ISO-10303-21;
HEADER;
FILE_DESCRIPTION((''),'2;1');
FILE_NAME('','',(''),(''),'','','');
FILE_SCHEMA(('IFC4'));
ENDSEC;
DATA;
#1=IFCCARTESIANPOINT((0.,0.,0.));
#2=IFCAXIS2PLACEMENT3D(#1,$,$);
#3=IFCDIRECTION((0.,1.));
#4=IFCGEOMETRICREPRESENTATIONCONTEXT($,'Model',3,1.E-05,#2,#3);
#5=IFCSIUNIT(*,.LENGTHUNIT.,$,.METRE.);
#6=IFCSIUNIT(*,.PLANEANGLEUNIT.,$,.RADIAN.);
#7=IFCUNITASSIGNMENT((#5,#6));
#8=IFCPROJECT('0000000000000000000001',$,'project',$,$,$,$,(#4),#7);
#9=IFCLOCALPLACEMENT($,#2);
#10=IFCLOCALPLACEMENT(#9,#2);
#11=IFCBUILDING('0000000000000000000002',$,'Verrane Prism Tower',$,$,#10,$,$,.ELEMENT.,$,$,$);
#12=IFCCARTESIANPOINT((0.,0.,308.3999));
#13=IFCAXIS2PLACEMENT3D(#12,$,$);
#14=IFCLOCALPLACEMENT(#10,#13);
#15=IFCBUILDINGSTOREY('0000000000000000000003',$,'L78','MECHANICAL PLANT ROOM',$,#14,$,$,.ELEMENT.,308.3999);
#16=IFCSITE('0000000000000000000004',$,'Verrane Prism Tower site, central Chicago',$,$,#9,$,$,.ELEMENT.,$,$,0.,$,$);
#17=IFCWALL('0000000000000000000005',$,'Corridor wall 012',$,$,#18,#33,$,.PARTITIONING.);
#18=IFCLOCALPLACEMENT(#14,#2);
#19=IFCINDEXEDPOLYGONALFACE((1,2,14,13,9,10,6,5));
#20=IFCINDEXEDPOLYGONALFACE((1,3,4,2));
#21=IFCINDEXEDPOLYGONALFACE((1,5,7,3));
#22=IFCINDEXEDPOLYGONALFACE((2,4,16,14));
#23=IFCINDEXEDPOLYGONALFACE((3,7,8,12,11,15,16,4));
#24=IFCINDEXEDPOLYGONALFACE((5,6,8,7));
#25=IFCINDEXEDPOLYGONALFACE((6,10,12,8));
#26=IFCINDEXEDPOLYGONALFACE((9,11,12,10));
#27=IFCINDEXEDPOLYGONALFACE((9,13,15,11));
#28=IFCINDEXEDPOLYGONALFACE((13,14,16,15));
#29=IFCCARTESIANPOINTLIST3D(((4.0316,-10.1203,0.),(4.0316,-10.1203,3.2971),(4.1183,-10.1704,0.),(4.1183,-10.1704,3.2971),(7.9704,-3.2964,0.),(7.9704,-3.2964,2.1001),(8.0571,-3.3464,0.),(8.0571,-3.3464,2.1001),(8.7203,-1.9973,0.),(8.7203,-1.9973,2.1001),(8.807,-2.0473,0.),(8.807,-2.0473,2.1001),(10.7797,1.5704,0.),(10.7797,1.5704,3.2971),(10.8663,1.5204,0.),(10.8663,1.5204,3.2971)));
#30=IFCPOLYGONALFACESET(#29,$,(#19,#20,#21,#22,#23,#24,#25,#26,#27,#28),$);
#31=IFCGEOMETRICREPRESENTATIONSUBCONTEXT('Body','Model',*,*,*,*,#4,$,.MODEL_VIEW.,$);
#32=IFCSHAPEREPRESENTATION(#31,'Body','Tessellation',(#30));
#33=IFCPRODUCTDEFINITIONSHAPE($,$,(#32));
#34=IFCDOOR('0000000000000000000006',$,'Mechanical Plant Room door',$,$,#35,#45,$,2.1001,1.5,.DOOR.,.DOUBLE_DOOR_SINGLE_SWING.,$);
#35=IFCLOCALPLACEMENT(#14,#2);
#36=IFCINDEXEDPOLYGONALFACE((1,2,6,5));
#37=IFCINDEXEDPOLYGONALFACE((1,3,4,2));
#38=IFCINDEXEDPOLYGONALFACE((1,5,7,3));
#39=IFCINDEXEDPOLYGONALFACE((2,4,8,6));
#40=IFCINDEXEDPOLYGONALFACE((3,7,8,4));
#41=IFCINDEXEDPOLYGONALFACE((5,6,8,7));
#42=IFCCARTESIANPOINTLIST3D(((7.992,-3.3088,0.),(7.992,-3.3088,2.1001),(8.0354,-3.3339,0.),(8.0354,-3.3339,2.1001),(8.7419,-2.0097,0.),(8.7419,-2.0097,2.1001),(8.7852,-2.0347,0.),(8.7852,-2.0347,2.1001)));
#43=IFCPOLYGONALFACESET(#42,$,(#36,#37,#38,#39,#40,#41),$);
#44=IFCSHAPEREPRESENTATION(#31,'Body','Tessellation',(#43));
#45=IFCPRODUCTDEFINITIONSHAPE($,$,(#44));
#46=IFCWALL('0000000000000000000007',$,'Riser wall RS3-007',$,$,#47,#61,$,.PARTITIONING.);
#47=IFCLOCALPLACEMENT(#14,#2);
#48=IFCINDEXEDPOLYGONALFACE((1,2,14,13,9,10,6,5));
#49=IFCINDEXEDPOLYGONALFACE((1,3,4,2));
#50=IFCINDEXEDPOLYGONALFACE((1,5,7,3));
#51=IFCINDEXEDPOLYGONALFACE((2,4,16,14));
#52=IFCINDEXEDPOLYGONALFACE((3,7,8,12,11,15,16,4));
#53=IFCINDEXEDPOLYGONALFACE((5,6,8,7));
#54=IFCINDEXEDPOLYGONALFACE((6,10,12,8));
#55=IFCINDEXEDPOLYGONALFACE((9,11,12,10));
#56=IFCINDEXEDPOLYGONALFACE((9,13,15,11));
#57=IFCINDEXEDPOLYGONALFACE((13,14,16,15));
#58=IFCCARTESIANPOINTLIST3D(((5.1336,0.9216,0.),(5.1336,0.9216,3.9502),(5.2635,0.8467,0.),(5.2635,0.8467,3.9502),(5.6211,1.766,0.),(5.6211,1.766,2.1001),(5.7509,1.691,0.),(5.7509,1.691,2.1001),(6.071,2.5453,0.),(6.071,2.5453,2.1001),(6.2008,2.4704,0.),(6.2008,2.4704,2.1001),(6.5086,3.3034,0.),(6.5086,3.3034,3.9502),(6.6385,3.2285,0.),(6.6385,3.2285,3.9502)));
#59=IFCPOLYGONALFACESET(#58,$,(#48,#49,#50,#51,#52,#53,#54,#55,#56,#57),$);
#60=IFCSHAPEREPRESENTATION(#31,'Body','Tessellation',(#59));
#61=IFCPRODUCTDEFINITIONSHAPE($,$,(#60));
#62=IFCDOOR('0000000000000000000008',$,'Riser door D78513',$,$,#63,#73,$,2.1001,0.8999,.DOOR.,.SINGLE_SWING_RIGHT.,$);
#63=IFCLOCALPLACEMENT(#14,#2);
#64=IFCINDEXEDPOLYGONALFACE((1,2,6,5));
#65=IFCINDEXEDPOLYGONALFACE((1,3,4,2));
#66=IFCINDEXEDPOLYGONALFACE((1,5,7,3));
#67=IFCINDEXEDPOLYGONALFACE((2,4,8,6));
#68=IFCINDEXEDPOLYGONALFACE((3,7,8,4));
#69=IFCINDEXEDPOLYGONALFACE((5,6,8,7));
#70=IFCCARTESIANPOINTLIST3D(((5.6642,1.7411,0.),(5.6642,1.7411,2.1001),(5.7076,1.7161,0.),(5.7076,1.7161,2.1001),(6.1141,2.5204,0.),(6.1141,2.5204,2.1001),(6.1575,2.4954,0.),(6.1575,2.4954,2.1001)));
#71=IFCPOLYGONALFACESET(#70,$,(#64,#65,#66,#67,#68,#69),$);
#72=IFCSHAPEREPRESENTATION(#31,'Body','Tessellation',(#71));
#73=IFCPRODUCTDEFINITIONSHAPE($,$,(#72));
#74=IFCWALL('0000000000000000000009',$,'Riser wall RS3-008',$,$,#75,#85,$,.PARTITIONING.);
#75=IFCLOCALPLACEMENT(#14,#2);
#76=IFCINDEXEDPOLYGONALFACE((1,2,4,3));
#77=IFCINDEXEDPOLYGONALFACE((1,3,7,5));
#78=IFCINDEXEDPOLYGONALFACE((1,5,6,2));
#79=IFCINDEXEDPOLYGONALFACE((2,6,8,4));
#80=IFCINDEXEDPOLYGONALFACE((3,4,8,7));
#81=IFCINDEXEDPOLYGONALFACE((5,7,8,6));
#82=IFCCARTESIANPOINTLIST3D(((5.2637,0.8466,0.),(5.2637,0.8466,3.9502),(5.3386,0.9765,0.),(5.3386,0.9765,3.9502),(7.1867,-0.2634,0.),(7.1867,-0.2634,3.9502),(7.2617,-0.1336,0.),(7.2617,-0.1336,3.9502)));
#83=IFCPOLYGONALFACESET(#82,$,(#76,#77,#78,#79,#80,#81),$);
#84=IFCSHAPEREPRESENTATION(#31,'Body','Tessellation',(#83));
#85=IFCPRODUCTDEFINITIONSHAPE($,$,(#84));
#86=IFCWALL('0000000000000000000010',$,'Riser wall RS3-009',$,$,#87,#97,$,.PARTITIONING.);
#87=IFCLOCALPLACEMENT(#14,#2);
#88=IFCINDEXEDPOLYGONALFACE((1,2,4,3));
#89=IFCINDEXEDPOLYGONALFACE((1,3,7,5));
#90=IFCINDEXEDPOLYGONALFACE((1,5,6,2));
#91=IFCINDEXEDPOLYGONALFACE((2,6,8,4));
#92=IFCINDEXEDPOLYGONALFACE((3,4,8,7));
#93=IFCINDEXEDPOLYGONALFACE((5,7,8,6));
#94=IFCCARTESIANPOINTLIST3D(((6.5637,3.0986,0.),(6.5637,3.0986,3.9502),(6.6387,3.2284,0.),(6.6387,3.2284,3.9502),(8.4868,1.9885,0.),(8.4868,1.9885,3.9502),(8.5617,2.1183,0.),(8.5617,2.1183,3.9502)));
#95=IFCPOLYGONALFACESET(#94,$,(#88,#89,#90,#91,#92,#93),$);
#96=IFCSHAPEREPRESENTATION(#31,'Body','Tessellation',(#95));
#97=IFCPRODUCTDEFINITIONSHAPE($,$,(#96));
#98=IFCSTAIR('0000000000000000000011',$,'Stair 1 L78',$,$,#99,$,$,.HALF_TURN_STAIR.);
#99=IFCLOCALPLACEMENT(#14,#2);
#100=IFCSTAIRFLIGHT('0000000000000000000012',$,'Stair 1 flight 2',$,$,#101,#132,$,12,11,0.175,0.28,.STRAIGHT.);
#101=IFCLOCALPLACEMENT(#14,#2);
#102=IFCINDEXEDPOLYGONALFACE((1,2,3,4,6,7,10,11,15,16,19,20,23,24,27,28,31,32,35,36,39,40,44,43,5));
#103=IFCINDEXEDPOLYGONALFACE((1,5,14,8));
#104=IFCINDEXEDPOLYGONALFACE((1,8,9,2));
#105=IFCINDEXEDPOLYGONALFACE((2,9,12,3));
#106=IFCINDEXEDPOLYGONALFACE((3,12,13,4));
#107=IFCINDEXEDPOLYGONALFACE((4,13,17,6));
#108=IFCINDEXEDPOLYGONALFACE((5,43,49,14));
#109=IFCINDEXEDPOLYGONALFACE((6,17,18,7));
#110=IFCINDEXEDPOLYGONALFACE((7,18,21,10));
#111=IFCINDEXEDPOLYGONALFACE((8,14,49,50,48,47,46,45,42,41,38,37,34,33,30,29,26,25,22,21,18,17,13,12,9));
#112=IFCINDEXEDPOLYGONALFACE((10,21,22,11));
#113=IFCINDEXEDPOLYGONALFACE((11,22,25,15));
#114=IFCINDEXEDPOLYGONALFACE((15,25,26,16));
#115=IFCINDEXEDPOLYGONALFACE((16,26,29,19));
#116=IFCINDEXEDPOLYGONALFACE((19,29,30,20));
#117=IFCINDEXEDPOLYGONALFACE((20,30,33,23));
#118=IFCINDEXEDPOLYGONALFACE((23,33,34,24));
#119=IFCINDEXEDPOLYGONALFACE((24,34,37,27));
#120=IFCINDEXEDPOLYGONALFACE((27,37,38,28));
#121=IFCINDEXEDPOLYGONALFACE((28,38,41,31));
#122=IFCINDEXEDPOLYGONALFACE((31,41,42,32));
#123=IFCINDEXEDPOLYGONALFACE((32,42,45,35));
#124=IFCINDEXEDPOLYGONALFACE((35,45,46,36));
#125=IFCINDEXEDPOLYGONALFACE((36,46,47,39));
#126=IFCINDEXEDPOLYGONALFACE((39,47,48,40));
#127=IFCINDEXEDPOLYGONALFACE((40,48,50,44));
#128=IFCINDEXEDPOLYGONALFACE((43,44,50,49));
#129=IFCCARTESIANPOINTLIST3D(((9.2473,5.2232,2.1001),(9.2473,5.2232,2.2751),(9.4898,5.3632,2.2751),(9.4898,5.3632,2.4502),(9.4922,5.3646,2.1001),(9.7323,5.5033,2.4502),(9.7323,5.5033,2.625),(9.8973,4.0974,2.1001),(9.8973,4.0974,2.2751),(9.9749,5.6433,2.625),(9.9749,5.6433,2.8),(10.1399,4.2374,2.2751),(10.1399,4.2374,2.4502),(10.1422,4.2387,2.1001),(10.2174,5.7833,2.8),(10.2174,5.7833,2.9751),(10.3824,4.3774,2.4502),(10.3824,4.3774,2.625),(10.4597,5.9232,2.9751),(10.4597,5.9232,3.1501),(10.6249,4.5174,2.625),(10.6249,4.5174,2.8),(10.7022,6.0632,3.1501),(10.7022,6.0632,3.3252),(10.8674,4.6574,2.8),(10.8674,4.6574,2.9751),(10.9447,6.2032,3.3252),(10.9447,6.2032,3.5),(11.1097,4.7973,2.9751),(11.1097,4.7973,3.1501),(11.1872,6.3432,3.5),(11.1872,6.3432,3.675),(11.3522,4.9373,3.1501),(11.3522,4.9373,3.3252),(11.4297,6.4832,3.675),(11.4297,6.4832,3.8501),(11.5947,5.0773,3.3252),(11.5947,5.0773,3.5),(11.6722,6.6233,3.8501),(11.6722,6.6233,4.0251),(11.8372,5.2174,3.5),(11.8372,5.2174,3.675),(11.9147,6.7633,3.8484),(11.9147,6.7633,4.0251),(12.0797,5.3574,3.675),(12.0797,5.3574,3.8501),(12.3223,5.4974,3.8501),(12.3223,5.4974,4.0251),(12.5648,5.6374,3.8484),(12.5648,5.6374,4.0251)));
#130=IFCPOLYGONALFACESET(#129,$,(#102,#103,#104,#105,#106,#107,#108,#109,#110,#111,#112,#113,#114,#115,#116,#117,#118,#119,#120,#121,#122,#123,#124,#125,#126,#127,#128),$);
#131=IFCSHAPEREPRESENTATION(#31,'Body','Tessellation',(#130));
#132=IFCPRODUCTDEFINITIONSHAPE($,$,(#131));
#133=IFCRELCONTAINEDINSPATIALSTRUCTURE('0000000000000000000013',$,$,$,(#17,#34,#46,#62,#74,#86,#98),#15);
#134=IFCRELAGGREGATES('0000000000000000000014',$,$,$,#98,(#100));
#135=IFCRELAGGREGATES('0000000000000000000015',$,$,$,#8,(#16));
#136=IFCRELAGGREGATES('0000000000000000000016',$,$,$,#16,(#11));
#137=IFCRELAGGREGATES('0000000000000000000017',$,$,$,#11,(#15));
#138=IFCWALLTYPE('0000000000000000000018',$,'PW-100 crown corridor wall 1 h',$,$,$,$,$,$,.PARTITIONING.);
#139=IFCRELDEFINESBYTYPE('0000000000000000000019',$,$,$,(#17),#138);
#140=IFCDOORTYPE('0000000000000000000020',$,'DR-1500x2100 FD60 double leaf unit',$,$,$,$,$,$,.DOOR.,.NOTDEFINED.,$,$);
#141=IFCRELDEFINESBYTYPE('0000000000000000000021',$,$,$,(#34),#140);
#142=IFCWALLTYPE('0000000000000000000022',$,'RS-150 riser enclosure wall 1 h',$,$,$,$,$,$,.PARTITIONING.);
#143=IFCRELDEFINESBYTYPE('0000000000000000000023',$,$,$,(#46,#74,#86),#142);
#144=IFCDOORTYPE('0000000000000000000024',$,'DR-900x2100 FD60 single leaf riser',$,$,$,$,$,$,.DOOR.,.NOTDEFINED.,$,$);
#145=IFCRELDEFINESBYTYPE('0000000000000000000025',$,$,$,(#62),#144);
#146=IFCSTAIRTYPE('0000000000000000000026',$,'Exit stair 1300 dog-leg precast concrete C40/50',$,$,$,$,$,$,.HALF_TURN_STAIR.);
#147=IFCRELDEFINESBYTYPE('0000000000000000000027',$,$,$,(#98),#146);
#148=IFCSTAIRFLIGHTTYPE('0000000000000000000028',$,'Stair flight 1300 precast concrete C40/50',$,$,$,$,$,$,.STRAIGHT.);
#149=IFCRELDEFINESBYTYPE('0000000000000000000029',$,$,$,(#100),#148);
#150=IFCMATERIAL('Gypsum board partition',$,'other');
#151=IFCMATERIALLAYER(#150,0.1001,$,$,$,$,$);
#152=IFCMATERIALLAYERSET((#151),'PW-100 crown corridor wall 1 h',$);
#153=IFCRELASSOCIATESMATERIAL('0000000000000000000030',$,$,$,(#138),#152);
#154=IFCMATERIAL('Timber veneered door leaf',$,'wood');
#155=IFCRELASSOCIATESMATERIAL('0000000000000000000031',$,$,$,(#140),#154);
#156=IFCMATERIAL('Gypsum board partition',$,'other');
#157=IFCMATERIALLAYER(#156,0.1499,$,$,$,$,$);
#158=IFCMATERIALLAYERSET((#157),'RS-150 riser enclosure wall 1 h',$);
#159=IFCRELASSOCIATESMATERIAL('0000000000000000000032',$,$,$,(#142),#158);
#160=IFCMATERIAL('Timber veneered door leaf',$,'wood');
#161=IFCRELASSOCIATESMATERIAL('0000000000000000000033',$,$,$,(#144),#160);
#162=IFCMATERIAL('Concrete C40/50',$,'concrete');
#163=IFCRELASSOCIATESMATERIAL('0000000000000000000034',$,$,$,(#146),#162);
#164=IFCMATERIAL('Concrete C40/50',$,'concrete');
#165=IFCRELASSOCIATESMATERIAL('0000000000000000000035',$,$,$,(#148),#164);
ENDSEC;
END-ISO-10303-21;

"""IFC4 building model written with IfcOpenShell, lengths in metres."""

from ifc_helpers import new_model, si_unit, direction, frame, frame_2d, origin, place, context, subcontext, project, spatial, polyline, rectangle, outline, extrude, material, layer, layer_set, type_object, element, fill, aggregate, save


model = new_model("IFC4")

# Units and contexts
model_context = context("Model", 3, precision=1e-05, world=origin(), true_north=direction((0.0, 1.0)))
body_context = subcontext(model_context, "Body", "Model", "MODEL_VIEW")
ifc_project = project(units=[si_unit("LENGTHUNIT", "METRE"), si_unit("PLANEANGLEUNIT", "RADIAN")], contexts=[model_context])

# Site, building, storey
site_placement = place(None, origin())
site = spatial("IfcSite", under=ifc_project, at=site_placement, Name="Verrane Prism Tower site, central Chicago", CompositionType="ELEMENT", RefElevation=0.0)
building_placement = place(site_placement, origin())
building = spatial("IfcBuilding", under=site, at=building_placement, Name="Verrane Prism Tower", CompositionType="ELEMENT")
storey_placement = place(building_placement, frame((0.0, 0.0, 308.3999)))
storey = spatial("IfcBuildingStorey", under=building, at=storey_placement, Name="L78", Description="MECHANICAL PLANT ROOM", CompositionType="ELEMENT", Elevation=308.3999)

# Walls, openings, doors
ifc_material_1 = material(Name="Gypsum board partition", Category="other")
ifc_layer_1 = layer(ifc_material_1, 0.1001)
ifc_layer_set_1 = layer_set([ifc_layer_1], Name="PW-100 crown corridor wall 1 h")
wall_type_1 = type_object("IfcWallType", Name="PW-100 crown corridor wall 1 h", PredefinedType="PARTITIONING", material=ifc_layer_set_1)
wall_1_placement = place(storey_placement, frame((10.823, 1.5454, 0.0), z_axis=(0.0, 0.0, 1.0), x_axis=(-0.499913, -0.866076, 0.0)))
wall_1 = element("IfcWall", 1, at=wall_1_placement, inside=storey, type_object=wall_type_1, Name="Corridor wall 012", PredefinedType="PARTITIONING", context=body_context, shape_type="SweptSolid", body=[
    extrude(rectangle(XDim=13.4985, YDim=0.1001, at=frame_2d((6.7493, 0.0))), origin(), (0.0, 0.0, 1.0), 3.2971),
])
opening_1_placement = place(wall_1_placement, frame((4.1194, 0.0, 0.0)))
opening_1 = element("IfcOpeningElement", 2, at=opening_1_placement, cuts=wall_1, PredefinedType="OPENING", context=body_context, shape_type="SweptSolid", body=[
    extrude(rectangle(XDim=1.5, YDim=2.1001, at=frame_2d((0.75, 1.05))), frame((0.0, 0.0601, 0.0), z_axis=(0.0, -1.0, 0.0), x_axis=(1.0, 0.0, 0.0)), (0.0, 0.0, 1.0), 0.1201),
])
ifc_material_2 = material(Name="Timber veneered door leaf", Category="wood")
door_type_1 = type_object("IfcDoorType", Name="DR-1500x2100 FD60 double leaf unit", OperationType="NOTDEFINED", PredefinedType="DOOR", material=ifc_material_2)
door_1_placement = place(opening_1_placement, origin())
door_1 = element("IfcDoor", 3, at=door_1_placement, inside=storey, type_object=door_type_1, Name="Mechanical Plant Room door", OperationType="DOUBLE_DOOR_SINGLE_SWING", OverallHeight=2.1001, OverallWidth=1.5, PredefinedType="DOOR", context=body_context, shape_type="SweptSolid", body=[
    extrude(rectangle(XDim=1.5, YDim=2.1001, at=frame_2d((0.75, 1.05))), frame((0.0, 0.0249, 0.0), z_axis=(0.0, -1.0, 0.0), x_axis=(1.0, 0.0, 0.0)), (0.0, 0.0, 1.0), 0.05),
])
fill(opening_1, door_1)
ifc_material_3 = material(Name="Gypsum board partition", Category="other")
ifc_layer_2 = layer(ifc_material_3, 0.1499)
ifc_layer_set_2 = layer_set([ifc_layer_2], Name="RS-150 riser enclosure wall 1 h")
wall_type_2 = type_object("IfcWallType", Name="RS-150 riser enclosure wall 1 h", PredefinedType="PARTITIONING", material=ifc_layer_set_2)
wall_2_placement = place(storey_placement, frame((6.5735, 3.2659, 0.0), z_axis=(0.0, 0.0, 1.0), x_axis=(-0.499958, -0.86605, 0.0)))
wall_2 = element("IfcWall", 4, at=wall_2_placement, inside=storey, type_object=wall_type_2, Name="Riser wall RS3-007", PredefinedType="PARTITIONING", context=body_context, shape_type="SweptSolid", body=[
    extrude(rectangle(XDim=2.7502, YDim=0.1499, at=frame_2d((1.375, 0.0))), origin(), (0.0, 0.0, 1.0), 3.9502),
])
opening_2_placement = place(wall_2_placement, frame((0.8752, 0.0, 0.0)))
opening_2 = element("IfcOpeningElement", 5, at=opening_2_placement, cuts=wall_2, PredefinedType="OPENING", context=body_context, shape_type="SweptSolid", body=[
    extrude(rectangle(XDim=0.8999, YDim=2.1001, at=frame_2d((0.45, 1.05))), frame((0.0, 0.085, 0.0), z_axis=(0.0, -1.0, 0.0), x_axis=(1.0, 0.0, 0.0)), (0.0, 0.0, 1.0), 0.1699),
])
ifc_material_4 = material(Name="Timber veneered door leaf", Category="wood")
door_type_2 = type_object("IfcDoorType", Name="DR-900x2100 FD60 single leaf riser", OperationType="NOTDEFINED", PredefinedType="DOOR", material=ifc_material_4)
door_2_placement = place(opening_2_placement, origin())
door_2 = element("IfcDoor", 6, at=door_2_placement, inside=storey, type_object=door_type_2, Name="Riser door D78513", OperationType="SINGLE_SWING_RIGHT", OverallHeight=2.1001, OverallWidth=0.8999, PredefinedType="DOOR", context=body_context, shape_type="SweptSolid", body=[
    extrude(rectangle(XDim=0.8999, YDim=2.1001, at=frame_2d((0.45, 1.05))), frame((0.0, 0.0249, 0.0), z_axis=(0.0, -1.0, 0.0), x_axis=(1.0, 0.0, 0.0)), (0.0, 0.0, 1.0), 0.05),
])
fill(opening_2, door_2)

# Walls
for number, where, z_axis, x_axis, name in (
    (7, (5.301, 0.9116, 0.0), (0.0, 0.0, 1.0), (0.866063, -0.499935, 0.0), "Riser wall RS3-008"),
    (8, (6.6011, 3.1636, 0.0), (0.0, 0.0, 1.0), (0.866063, -0.499935, 0.0), "Riser wall RS3-009"),
):
    element("IfcWall", number, at=place(storey_placement, frame(where, z_axis=z_axis, x_axis=x_axis)), inside=storey, type_object=wall_type_2, Name=name, PredefinedType="PARTITIONING", context=body_context, shape_type="SweptSolid", body=[
        extrude(rectangle(XDim=2.2205, YDim=0.1499, at=frame_2d((1.1104, 0.0))), origin(), (0.0, 0.0, 1.0), 3.9502),
    ])

# Stair, stair flight
ifc_material_5 = material(Name="Concrete C40/50", Category="concrete")
stair_type = type_object("IfcStairType", Name="Exit stair 1300 dog-leg precast concrete C40/50", PredefinedType="HALF_TURN_STAIR", material=ifc_material_5)
stair_placement = place(storey_placement, origin())
stair = element("IfcStair", 9, at=stair_placement, inside=storey, type_object=stair_type, Name="Stair 1 L78", PredefinedType="HALF_TURN_STAIR")
ifc_material_6 = material(Name="Concrete C40/50", Category="concrete")
stair_flight_type = type_object("IfcStairFlightType", Name="Stair flight 1300 precast concrete C40/50", PredefinedType="STRAIGHT", material=ifc_material_6)
stair_flight_placement = place(storey_placement, frame((9.5723, 4.6604, 2.1001), z_axis=(0.0, 0.0, 1.0), x_axis=(0.866025, 0.5, 0.0)))
stair_flight = element("IfcStairFlight", 10, at=stair_flight_placement, type_object=stair_flight_type, Name="Stair 1 flight 2", NumberOfRisers=12, NumberOfTreads=11, PredefinedType="STRAIGHT", RiserHeight=0.175, TreadLength=0.28, context=body_context, shape_type="SweptSolid", body=[
    extrude(outline(polyline([(0.0, 0.0), (0.0, 0.175), (0.28, 0.175), (0.28, 0.3501), (0.5601, 0.3501), (0.5601, 0.5249), (0.8401, 0.5249), (0.8401, 0.7), (1.1201, 0.7), (1.1201, 0.875), (1.3999, 0.875), (1.3999, 1.05), (1.6799, 1.05), (1.6799, 1.2251), (1.96, 1.2251), (1.96, 1.3999), (2.24, 1.3999), (2.24, 1.575), (2.52, 1.575), (2.52, 1.75), (2.8, 1.75), (2.8, 1.925), (3.0801, 1.925), (3.0801, 2.1001), (3.0801, 1.7483), (0.2827, 0.0), (0.0, 0.0)])), frame((0.0, 0.6499, 0.0), z_axis=(0.0, -1.0, 0.0), x_axis=(1.0, 0.0, 0.0)), (0.0, 0.0, 1.0), 1.3),
])
aggregate(stair, [stair_flight])

save(model, "model.ifc")
